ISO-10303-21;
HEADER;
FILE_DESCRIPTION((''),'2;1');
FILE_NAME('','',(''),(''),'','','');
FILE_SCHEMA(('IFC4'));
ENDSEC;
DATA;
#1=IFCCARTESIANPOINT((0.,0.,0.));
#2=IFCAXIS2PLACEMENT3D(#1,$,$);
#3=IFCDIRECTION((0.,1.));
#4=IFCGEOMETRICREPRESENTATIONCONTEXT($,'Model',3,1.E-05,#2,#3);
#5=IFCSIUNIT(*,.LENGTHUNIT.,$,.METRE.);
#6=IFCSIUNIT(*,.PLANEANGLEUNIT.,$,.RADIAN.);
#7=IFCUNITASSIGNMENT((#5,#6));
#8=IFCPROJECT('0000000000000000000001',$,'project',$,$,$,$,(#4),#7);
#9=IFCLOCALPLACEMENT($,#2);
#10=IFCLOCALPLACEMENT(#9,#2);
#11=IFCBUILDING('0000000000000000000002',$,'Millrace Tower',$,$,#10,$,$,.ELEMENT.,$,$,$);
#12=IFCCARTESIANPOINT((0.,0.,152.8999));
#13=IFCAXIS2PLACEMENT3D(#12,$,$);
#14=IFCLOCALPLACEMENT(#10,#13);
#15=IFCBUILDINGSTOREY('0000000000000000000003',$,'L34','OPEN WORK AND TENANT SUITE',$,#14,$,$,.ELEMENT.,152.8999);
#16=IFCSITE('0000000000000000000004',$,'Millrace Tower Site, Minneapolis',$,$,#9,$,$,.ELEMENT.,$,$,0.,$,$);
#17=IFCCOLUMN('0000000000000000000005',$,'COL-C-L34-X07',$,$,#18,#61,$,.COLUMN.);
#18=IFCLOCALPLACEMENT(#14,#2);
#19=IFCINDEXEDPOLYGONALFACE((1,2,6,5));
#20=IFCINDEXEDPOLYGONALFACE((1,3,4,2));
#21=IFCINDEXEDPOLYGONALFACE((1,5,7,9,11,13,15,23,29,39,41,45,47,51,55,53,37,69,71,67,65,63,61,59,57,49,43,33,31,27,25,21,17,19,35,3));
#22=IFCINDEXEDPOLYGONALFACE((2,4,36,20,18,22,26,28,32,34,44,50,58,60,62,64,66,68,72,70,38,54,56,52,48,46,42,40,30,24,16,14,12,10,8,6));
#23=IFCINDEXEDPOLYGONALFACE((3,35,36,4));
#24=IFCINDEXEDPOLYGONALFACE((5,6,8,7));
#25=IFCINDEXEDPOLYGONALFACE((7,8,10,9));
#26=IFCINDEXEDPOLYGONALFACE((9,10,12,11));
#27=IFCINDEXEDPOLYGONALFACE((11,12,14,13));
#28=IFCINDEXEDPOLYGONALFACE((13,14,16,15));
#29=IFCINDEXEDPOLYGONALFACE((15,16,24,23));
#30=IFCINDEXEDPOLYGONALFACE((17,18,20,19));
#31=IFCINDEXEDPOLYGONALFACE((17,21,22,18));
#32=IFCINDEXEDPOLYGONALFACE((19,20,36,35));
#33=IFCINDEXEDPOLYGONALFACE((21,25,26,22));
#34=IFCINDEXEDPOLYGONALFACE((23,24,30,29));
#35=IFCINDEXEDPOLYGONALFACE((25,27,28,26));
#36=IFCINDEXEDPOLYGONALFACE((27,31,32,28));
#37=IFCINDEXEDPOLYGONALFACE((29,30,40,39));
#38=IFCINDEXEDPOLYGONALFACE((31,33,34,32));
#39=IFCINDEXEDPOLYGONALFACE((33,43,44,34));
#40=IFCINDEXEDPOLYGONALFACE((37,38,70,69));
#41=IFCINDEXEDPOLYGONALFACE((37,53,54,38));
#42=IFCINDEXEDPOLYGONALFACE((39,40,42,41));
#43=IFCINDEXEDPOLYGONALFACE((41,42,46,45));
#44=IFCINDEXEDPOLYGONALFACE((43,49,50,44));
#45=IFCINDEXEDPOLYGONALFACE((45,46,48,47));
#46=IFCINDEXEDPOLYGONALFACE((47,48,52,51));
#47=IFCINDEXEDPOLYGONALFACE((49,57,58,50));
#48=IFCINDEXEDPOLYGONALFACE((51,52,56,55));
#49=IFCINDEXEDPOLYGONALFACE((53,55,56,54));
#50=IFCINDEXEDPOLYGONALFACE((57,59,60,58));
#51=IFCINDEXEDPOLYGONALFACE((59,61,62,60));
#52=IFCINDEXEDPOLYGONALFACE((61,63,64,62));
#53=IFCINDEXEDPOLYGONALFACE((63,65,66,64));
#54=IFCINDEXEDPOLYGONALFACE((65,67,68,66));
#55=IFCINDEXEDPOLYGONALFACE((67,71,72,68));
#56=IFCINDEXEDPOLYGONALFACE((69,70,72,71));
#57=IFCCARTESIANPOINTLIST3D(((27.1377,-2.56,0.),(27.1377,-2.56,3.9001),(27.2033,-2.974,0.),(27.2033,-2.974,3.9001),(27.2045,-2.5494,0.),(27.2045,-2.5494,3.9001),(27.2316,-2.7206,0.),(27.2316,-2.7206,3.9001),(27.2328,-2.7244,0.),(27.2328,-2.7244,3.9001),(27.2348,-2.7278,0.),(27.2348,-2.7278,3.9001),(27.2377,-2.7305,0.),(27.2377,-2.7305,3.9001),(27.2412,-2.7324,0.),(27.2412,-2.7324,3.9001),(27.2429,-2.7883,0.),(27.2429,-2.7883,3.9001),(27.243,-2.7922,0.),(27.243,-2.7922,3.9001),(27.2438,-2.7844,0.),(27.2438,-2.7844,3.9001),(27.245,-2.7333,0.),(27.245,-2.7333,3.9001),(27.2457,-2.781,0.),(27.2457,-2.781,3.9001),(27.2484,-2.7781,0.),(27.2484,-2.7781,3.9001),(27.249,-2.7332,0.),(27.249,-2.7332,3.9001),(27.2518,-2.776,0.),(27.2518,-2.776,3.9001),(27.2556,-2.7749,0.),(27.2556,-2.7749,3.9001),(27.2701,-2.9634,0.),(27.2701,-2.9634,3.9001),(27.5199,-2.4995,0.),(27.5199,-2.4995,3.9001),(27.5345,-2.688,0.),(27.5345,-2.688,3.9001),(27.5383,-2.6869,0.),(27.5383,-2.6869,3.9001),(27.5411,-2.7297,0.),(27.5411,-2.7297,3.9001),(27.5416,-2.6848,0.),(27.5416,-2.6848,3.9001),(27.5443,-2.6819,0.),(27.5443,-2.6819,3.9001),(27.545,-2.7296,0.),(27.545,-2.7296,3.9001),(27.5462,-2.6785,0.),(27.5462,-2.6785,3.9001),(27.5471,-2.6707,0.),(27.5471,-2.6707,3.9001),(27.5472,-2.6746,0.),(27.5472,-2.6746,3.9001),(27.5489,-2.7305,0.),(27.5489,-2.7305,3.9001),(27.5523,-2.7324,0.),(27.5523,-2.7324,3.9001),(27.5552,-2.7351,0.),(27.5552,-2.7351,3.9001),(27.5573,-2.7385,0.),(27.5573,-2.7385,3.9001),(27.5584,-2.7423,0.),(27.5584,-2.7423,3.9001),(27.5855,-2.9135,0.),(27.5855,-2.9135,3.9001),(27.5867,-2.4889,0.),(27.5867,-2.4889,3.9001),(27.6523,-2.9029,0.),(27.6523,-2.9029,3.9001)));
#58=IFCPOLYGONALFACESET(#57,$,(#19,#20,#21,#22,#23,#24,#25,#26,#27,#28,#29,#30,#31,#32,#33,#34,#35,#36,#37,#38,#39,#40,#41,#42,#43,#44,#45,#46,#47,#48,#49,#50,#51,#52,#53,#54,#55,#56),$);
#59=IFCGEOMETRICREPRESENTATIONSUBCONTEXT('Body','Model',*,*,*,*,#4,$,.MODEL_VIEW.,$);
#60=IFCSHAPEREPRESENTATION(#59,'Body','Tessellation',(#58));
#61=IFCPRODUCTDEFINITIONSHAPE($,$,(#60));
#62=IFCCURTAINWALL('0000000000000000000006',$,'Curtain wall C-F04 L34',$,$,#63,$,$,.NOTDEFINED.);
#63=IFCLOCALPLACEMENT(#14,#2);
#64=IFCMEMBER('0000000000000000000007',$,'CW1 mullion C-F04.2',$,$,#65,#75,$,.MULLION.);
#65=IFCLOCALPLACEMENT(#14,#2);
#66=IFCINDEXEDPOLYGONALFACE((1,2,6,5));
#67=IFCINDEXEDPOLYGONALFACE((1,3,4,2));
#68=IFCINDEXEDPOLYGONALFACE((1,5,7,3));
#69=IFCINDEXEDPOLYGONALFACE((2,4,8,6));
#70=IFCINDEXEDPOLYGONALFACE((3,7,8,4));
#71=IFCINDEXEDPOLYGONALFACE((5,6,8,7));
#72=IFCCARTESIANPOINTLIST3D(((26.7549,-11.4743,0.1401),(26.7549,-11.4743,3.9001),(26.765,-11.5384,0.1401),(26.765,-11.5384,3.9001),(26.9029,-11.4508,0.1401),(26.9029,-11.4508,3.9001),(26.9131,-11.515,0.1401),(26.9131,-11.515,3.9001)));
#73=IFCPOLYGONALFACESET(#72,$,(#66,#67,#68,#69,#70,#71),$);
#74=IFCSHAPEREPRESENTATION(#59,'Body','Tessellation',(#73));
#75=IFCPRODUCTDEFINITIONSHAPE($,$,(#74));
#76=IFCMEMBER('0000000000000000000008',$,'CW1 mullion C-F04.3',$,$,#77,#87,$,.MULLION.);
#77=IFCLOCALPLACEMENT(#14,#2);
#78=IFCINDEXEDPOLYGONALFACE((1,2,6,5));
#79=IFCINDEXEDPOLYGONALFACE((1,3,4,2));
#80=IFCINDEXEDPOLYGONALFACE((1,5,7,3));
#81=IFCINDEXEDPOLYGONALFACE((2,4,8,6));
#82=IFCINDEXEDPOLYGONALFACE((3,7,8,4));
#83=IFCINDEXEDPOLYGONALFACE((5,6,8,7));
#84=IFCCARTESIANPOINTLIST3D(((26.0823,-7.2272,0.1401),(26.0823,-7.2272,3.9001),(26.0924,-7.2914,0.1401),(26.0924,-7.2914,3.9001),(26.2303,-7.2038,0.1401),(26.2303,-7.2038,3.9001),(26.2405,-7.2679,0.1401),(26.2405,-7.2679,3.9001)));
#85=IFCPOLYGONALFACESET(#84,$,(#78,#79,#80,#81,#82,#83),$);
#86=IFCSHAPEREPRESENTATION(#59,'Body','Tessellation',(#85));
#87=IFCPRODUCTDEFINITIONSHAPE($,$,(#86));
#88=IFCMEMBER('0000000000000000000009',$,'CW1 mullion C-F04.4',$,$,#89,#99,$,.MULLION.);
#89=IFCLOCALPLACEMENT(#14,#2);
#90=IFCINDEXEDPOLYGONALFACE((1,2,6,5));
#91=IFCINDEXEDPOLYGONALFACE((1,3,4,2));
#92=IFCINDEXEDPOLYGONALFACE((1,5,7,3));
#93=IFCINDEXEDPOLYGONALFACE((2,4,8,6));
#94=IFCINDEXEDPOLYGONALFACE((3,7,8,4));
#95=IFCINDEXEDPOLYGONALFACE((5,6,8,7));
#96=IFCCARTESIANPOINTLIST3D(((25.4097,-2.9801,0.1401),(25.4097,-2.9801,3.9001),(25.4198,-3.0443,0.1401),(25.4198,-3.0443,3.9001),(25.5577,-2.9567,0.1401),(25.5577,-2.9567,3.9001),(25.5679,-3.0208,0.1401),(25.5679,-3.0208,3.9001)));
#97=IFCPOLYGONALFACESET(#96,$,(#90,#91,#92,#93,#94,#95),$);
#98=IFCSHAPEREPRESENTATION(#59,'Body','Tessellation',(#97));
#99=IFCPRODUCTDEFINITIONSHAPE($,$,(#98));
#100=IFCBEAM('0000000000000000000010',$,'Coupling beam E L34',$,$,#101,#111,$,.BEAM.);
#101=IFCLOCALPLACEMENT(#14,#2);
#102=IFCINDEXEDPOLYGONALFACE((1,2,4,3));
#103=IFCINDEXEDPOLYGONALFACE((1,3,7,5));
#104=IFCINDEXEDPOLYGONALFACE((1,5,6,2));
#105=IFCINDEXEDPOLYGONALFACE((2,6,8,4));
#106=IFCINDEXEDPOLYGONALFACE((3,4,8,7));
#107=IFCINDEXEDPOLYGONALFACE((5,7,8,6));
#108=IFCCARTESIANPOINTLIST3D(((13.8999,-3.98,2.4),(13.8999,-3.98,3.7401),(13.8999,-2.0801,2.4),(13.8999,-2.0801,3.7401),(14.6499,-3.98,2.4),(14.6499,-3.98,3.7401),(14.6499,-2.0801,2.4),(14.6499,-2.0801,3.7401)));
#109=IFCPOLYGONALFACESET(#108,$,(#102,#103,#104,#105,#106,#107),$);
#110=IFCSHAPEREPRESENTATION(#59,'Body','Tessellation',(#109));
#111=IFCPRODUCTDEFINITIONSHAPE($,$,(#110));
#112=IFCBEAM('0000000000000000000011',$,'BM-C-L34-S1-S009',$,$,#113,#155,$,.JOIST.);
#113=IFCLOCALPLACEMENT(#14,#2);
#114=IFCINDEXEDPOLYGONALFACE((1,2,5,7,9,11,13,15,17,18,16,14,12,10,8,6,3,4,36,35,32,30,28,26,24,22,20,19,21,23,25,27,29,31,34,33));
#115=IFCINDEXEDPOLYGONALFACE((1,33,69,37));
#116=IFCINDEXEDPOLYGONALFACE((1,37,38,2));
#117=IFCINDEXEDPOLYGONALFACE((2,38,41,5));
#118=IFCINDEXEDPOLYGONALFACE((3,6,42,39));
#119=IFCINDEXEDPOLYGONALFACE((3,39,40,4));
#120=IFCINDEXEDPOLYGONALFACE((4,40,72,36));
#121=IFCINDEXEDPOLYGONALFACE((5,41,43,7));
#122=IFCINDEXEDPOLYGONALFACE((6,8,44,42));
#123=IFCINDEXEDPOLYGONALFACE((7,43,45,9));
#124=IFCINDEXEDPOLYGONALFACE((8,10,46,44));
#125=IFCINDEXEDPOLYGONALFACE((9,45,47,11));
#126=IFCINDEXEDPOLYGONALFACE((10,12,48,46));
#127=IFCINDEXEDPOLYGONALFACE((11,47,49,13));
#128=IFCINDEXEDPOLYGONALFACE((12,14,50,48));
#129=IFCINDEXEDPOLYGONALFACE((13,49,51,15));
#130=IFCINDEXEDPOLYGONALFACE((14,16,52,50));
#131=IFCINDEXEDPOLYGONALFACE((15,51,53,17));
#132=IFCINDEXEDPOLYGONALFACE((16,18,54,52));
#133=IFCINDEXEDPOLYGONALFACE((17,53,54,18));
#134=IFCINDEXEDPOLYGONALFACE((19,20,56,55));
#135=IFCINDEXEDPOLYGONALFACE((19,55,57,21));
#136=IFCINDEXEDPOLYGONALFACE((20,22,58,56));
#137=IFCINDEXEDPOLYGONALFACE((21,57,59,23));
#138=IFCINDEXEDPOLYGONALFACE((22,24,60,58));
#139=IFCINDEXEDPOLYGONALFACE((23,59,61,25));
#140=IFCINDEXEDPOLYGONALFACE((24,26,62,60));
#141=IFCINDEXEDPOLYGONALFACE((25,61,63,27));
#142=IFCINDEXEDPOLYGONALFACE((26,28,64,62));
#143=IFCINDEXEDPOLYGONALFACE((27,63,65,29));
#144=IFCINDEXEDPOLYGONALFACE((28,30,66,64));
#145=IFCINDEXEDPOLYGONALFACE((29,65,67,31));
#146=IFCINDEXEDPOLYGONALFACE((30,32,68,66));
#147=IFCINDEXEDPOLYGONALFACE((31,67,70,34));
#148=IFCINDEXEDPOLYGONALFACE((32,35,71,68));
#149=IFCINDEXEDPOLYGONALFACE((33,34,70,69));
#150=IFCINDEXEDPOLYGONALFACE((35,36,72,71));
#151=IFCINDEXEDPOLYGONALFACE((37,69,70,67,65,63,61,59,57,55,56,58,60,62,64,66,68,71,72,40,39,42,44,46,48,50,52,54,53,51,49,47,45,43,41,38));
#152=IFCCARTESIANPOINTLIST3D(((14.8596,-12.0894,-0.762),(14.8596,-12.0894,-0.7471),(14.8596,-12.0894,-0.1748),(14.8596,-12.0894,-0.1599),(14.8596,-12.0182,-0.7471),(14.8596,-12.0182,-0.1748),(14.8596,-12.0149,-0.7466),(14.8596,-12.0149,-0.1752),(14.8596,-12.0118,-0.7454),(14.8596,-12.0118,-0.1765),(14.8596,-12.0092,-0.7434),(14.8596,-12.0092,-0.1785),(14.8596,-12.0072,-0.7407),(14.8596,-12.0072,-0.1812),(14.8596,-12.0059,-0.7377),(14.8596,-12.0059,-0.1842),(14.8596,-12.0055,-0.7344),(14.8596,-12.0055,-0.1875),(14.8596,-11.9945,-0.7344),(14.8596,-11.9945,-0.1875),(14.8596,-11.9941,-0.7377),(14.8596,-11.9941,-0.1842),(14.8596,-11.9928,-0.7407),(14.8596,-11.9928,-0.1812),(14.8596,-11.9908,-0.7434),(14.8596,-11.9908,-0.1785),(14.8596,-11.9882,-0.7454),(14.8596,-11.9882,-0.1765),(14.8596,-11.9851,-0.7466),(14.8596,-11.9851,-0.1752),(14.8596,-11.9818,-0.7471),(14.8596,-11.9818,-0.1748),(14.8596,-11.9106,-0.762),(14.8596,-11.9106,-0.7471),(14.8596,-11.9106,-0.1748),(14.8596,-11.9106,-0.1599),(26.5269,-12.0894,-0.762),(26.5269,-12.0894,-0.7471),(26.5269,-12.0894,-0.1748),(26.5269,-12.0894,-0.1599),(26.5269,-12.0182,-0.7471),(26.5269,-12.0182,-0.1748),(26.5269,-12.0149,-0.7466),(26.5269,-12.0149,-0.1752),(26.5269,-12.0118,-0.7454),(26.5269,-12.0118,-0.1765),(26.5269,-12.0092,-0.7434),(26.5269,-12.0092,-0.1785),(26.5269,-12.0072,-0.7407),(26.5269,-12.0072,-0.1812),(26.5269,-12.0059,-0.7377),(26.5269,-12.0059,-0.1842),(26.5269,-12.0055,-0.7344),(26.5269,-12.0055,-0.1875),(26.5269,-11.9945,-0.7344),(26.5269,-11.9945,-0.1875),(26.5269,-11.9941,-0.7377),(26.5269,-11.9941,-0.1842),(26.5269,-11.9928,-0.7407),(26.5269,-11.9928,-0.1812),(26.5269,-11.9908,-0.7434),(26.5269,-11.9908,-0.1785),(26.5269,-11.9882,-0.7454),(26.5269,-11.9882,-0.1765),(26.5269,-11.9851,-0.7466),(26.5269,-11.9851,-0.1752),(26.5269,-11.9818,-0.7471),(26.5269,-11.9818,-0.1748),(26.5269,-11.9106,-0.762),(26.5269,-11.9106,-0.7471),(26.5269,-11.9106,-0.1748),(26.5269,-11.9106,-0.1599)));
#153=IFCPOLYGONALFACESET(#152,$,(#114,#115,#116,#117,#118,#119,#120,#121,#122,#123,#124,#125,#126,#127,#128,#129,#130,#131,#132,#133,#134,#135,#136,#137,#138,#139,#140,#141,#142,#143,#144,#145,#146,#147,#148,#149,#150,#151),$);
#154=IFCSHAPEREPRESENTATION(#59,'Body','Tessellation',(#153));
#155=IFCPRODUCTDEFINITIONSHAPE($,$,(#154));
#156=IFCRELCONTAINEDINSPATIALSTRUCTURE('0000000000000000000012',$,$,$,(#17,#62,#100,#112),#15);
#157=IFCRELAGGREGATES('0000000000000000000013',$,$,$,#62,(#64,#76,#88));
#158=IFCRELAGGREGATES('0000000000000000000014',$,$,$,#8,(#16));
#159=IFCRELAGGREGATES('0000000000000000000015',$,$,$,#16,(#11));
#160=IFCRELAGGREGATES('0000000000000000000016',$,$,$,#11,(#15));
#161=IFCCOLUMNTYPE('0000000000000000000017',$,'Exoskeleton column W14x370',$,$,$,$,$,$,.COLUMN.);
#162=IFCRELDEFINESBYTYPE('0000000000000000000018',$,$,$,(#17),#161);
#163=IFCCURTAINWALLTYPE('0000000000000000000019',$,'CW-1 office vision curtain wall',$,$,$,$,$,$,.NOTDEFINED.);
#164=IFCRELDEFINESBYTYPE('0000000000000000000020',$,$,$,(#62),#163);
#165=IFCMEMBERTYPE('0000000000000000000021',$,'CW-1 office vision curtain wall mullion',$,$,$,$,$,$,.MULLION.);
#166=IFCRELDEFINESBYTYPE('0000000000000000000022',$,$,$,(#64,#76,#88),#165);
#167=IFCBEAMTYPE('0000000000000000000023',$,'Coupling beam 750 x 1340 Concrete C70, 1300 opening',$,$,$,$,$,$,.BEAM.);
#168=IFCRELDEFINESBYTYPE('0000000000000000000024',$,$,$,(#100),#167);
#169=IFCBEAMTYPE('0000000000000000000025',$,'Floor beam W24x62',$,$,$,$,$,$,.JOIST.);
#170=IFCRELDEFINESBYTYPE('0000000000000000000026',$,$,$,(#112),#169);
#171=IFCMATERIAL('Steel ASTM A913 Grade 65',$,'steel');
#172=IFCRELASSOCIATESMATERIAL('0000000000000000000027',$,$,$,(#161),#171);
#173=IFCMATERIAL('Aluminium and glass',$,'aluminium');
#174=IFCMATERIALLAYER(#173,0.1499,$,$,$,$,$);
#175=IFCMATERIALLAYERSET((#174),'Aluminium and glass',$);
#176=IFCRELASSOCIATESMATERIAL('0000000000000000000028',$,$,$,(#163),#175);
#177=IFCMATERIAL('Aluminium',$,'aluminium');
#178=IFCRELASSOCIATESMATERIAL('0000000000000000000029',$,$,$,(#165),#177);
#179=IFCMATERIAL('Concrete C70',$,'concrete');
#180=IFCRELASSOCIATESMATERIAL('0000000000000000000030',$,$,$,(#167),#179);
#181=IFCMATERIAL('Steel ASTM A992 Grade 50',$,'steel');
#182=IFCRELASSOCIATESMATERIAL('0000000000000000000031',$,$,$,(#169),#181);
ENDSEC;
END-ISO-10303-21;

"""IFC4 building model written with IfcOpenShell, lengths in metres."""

from ifc_helpers import new_model, si_unit, direction, frame, origin, origin_2d, place, context, subcontext, project, spatial, rectangle, i_section, extrude, material, layer, layer_set, material_profile, profile_set, type_object, element, aggregate, save


model = new_model("IFC4")

# Units and contexts
model_context = context("Model", 3, precision=1e-05, world=origin(), true_north=direction((0.0, 1.0)))
body_context = subcontext(model_context, "Body", "Model", "MODEL_VIEW")
ifc_project = project(units=[si_unit("LENGTHUNIT", "METRE"), si_unit("PLANEANGLEUNIT", "RADIAN")], contexts=[model_context])

# Site, building, storey
site_placement = place(None, origin())
site = spatial("IfcSite", under=ifc_project, at=site_placement, Name="Millrace Tower Site, Minneapolis", CompositionType="ELEMENT", RefElevation=0.0)
building_placement = place(site_placement, origin())
building = spatial("IfcBuilding", under=site, at=building_placement, Name="Millrace Tower", CompositionType="ELEMENT")
storey_placement = place(building_placement, frame((0.0, 0.0, 152.8999)))
storey = spatial("IfcBuildingStorey", under=building, at=storey_placement, Name="L34", Description="OPEN WORK AND TENANT SUITE", CompositionType="ELEMENT", Elevation=152.8999)

# Column
ifc_material_1 = material(Name="Steel ASTM A913 Grade 65", Category="steel")
ifc_material_profile_1 = material_profile(ifc_material_1, i_section(OverallWidth=0.4192, OverallDepth=0.4546, WebThickness=0.0422, FlangeThickness=0.0676, FilletRadius=0.0151, at=origin_2d()))
ifc_profile_set_1 = profile_set([ifc_material_profile_1], Name="Steel ASTM A913 Grade 65")
column_type = type_object("IfcColumnType", Name="Exoskeleton column W14x370", PredefinedType="COLUMN", material=ifc_profile_set_1)
column_placement = place(storey_placement, frame((27.395, -2.7314, 0.0), z_axis=(0.0, 0.0, 1.0), x_axis=(-0.156434, 0.987688, 0.0)))
element("IfcColumn", 1, at=column_placement, inside=storey, type_object=column_type, Name="COL-C-L34-X07", PredefinedType="COLUMN", context=body_context, shape_type="SweptSolid", body=[
    extrude(i_section(OverallWidth=0.4192, OverallDepth=0.4546, WebThickness=0.0422, FlangeThickness=0.0676, FilletRadius=0.0151, at=origin_2d()), origin(), (0.0, 0.0, 1.0), 3.9001),
])

# Curtain wall, members
ifc_material_2 = material(Name="Aluminium and glass", Category="aluminium")
ifc_layer_1 = layer(ifc_material_2, 0.1499)
ifc_layer_set_1 = layer_set([ifc_layer_1], Name="Aluminium and glass")
curtain_wall_type = type_object("IfcCurtainWallType", Name="CW-1 office vision curtain wall", PredefinedType="NOTDEFINED", material=ifc_layer_set_1)
placement = place(storey_placement, origin())
curtain_wall = element("IfcCurtainWall", 2, at=placement, inside=storey, type_object=curtain_wall_type, Name="Curtain wall C-F04 L34", PredefinedType="NOTDEFINED")
ifc_material_3 = material(Name="Aluminium", Category="aluminium")
ifc_material_profile_2 = material_profile(ifc_material_3, rectangle(XDim=0.0649, YDim=0.1499, at=origin_2d()))
ifc_profile_set_2 = profile_set([ifc_material_profile_2], Name="Aluminium")
member_type = type_object("IfcMemberType", Name="CW-1 office vision curtain wall mullion", PredefinedType="MULLION", material=ifc_profile_set_2)
member_1_placement = place(storey_placement, frame((26.834, -11.4946, 0.1401), z_axis=(0.0, 0.0, 1.0), x_axis=(-0.156434, 0.987688, 0.0)))
member_1 = element("IfcMember", 3, at=member_1_placement, type_object=member_type, Name="CW1 mullion C-F04.2", PredefinedType="MULLION", context=body_context, shape_type="SweptSolid", body=[
    extrude(rectangle(XDim=0.0649, YDim=0.1499, at=origin_2d()), origin(), (0.0, 0.0, 1.0), 3.76),
])
member_2_placement = place(storey_placement, frame((26.1614, -7.2476, 0.1401), z_axis=(0.0, 0.0, 1.0), x_axis=(-0.156434, 0.987688, 0.0)))
member_2 = element("IfcMember", 4, at=member_2_placement, type_object=member_type, Name="CW1 mullion C-F04.3", PredefinedType="MULLION", context=body_context, shape_type="SweptSolid", body=[
    extrude(rectangle(XDim=0.0649, YDim=0.1499, at=origin_2d()), origin(), (0.0, 0.0, 1.0), 3.76),
])
member_3_placement = place(storey_placement, frame((25.4888, -3.0005, 0.1401), z_axis=(0.0, 0.0, 1.0), x_axis=(-0.156434, 0.987688, 0.0)))
member_3 = element("IfcMember", 5, at=member_3_placement, type_object=member_type, Name="CW1 mullion C-F04.4", PredefinedType="MULLION", context=body_context, shape_type="SweptSolid", body=[
    extrude(rectangle(XDim=0.0649, YDim=0.1499, at=origin_2d()), origin(), (0.0, 0.0, 1.0), 3.76),
])
aggregate(curtain_wall, [member_1, member_2, member_3])

# Beams
ifc_material_4 = material(Name="Concrete C70", Category="concrete")
ifc_material_profile_3 = material_profile(ifc_material_4, rectangle(XDim=0.75, YDim=1.3401, at=origin_2d()))
ifc_profile_set_3 = profile_set([ifc_material_profile_3], Name="Concrete C70")
beam_type_1 = type_object("IfcBeamType", Name="Coupling beam 750 x 1340 Concrete C70, 1300 opening", PredefinedType="BEAM", material=ifc_profile_set_3)
beam_1_placement = place(storey_placement, frame((14.2749, -2.0801, 3.0701), z_axis=(0.0, -1.0, 0.0), x_axis=(1.0, 0.0, 0.0)))
element("IfcBeam", 6, at=beam_1_placement, inside=storey, type_object=beam_type_1, Name="Coupling beam E L34", PredefinedType="BEAM", context=body_context, shape_type="SweptSolid", body=[
    extrude(rectangle(XDim=0.75, YDim=1.3401, at=origin_2d()), origin(), (0.0, 0.0, 1.0), 1.8999),
])
ifc_material_5 = material(Name="Steel ASTM A992 Grade 50", Category="steel")
ifc_material_profile_4 = material_profile(ifc_material_5, i_section(OverallWidth=0.1787, OverallDepth=0.6021, WebThickness=0.011, FlangeThickness=0.0149, FilletRadius=0.0127, at=origin_2d()))
ifc_profile_set_4 = profile_set([ifc_material_profile_4], Name="Steel ASTM A992 Grade 50")
beam_type_2 = type_object("IfcBeamType", Name="Floor beam W24x62", PredefinedType="JOIST", material=ifc_profile_set_4)
beam_2_placement = place(storey_placement, frame((14.8596, -12.0, -0.4609), z_axis=(1.0, 0.0, 0.0), x_axis=(0.0, 1.0, 0.0)))
element("IfcBeam", 7, at=beam_2_placement, inside=storey, type_object=beam_type_2, Name="BM-C-L34-S1-S009", PredefinedType="JOIST", context=body_context, shape_type="SweptSolid", body=[
    extrude(i_section(OverallWidth=0.1787, OverallDepth=0.6021, WebThickness=0.011, FlangeThickness=0.0149, FilletRadius=0.0127, at=origin_2d()), origin(), (0.0, 0.0, 1.0), 11.6672),
])

save(model, "model.ifc")
